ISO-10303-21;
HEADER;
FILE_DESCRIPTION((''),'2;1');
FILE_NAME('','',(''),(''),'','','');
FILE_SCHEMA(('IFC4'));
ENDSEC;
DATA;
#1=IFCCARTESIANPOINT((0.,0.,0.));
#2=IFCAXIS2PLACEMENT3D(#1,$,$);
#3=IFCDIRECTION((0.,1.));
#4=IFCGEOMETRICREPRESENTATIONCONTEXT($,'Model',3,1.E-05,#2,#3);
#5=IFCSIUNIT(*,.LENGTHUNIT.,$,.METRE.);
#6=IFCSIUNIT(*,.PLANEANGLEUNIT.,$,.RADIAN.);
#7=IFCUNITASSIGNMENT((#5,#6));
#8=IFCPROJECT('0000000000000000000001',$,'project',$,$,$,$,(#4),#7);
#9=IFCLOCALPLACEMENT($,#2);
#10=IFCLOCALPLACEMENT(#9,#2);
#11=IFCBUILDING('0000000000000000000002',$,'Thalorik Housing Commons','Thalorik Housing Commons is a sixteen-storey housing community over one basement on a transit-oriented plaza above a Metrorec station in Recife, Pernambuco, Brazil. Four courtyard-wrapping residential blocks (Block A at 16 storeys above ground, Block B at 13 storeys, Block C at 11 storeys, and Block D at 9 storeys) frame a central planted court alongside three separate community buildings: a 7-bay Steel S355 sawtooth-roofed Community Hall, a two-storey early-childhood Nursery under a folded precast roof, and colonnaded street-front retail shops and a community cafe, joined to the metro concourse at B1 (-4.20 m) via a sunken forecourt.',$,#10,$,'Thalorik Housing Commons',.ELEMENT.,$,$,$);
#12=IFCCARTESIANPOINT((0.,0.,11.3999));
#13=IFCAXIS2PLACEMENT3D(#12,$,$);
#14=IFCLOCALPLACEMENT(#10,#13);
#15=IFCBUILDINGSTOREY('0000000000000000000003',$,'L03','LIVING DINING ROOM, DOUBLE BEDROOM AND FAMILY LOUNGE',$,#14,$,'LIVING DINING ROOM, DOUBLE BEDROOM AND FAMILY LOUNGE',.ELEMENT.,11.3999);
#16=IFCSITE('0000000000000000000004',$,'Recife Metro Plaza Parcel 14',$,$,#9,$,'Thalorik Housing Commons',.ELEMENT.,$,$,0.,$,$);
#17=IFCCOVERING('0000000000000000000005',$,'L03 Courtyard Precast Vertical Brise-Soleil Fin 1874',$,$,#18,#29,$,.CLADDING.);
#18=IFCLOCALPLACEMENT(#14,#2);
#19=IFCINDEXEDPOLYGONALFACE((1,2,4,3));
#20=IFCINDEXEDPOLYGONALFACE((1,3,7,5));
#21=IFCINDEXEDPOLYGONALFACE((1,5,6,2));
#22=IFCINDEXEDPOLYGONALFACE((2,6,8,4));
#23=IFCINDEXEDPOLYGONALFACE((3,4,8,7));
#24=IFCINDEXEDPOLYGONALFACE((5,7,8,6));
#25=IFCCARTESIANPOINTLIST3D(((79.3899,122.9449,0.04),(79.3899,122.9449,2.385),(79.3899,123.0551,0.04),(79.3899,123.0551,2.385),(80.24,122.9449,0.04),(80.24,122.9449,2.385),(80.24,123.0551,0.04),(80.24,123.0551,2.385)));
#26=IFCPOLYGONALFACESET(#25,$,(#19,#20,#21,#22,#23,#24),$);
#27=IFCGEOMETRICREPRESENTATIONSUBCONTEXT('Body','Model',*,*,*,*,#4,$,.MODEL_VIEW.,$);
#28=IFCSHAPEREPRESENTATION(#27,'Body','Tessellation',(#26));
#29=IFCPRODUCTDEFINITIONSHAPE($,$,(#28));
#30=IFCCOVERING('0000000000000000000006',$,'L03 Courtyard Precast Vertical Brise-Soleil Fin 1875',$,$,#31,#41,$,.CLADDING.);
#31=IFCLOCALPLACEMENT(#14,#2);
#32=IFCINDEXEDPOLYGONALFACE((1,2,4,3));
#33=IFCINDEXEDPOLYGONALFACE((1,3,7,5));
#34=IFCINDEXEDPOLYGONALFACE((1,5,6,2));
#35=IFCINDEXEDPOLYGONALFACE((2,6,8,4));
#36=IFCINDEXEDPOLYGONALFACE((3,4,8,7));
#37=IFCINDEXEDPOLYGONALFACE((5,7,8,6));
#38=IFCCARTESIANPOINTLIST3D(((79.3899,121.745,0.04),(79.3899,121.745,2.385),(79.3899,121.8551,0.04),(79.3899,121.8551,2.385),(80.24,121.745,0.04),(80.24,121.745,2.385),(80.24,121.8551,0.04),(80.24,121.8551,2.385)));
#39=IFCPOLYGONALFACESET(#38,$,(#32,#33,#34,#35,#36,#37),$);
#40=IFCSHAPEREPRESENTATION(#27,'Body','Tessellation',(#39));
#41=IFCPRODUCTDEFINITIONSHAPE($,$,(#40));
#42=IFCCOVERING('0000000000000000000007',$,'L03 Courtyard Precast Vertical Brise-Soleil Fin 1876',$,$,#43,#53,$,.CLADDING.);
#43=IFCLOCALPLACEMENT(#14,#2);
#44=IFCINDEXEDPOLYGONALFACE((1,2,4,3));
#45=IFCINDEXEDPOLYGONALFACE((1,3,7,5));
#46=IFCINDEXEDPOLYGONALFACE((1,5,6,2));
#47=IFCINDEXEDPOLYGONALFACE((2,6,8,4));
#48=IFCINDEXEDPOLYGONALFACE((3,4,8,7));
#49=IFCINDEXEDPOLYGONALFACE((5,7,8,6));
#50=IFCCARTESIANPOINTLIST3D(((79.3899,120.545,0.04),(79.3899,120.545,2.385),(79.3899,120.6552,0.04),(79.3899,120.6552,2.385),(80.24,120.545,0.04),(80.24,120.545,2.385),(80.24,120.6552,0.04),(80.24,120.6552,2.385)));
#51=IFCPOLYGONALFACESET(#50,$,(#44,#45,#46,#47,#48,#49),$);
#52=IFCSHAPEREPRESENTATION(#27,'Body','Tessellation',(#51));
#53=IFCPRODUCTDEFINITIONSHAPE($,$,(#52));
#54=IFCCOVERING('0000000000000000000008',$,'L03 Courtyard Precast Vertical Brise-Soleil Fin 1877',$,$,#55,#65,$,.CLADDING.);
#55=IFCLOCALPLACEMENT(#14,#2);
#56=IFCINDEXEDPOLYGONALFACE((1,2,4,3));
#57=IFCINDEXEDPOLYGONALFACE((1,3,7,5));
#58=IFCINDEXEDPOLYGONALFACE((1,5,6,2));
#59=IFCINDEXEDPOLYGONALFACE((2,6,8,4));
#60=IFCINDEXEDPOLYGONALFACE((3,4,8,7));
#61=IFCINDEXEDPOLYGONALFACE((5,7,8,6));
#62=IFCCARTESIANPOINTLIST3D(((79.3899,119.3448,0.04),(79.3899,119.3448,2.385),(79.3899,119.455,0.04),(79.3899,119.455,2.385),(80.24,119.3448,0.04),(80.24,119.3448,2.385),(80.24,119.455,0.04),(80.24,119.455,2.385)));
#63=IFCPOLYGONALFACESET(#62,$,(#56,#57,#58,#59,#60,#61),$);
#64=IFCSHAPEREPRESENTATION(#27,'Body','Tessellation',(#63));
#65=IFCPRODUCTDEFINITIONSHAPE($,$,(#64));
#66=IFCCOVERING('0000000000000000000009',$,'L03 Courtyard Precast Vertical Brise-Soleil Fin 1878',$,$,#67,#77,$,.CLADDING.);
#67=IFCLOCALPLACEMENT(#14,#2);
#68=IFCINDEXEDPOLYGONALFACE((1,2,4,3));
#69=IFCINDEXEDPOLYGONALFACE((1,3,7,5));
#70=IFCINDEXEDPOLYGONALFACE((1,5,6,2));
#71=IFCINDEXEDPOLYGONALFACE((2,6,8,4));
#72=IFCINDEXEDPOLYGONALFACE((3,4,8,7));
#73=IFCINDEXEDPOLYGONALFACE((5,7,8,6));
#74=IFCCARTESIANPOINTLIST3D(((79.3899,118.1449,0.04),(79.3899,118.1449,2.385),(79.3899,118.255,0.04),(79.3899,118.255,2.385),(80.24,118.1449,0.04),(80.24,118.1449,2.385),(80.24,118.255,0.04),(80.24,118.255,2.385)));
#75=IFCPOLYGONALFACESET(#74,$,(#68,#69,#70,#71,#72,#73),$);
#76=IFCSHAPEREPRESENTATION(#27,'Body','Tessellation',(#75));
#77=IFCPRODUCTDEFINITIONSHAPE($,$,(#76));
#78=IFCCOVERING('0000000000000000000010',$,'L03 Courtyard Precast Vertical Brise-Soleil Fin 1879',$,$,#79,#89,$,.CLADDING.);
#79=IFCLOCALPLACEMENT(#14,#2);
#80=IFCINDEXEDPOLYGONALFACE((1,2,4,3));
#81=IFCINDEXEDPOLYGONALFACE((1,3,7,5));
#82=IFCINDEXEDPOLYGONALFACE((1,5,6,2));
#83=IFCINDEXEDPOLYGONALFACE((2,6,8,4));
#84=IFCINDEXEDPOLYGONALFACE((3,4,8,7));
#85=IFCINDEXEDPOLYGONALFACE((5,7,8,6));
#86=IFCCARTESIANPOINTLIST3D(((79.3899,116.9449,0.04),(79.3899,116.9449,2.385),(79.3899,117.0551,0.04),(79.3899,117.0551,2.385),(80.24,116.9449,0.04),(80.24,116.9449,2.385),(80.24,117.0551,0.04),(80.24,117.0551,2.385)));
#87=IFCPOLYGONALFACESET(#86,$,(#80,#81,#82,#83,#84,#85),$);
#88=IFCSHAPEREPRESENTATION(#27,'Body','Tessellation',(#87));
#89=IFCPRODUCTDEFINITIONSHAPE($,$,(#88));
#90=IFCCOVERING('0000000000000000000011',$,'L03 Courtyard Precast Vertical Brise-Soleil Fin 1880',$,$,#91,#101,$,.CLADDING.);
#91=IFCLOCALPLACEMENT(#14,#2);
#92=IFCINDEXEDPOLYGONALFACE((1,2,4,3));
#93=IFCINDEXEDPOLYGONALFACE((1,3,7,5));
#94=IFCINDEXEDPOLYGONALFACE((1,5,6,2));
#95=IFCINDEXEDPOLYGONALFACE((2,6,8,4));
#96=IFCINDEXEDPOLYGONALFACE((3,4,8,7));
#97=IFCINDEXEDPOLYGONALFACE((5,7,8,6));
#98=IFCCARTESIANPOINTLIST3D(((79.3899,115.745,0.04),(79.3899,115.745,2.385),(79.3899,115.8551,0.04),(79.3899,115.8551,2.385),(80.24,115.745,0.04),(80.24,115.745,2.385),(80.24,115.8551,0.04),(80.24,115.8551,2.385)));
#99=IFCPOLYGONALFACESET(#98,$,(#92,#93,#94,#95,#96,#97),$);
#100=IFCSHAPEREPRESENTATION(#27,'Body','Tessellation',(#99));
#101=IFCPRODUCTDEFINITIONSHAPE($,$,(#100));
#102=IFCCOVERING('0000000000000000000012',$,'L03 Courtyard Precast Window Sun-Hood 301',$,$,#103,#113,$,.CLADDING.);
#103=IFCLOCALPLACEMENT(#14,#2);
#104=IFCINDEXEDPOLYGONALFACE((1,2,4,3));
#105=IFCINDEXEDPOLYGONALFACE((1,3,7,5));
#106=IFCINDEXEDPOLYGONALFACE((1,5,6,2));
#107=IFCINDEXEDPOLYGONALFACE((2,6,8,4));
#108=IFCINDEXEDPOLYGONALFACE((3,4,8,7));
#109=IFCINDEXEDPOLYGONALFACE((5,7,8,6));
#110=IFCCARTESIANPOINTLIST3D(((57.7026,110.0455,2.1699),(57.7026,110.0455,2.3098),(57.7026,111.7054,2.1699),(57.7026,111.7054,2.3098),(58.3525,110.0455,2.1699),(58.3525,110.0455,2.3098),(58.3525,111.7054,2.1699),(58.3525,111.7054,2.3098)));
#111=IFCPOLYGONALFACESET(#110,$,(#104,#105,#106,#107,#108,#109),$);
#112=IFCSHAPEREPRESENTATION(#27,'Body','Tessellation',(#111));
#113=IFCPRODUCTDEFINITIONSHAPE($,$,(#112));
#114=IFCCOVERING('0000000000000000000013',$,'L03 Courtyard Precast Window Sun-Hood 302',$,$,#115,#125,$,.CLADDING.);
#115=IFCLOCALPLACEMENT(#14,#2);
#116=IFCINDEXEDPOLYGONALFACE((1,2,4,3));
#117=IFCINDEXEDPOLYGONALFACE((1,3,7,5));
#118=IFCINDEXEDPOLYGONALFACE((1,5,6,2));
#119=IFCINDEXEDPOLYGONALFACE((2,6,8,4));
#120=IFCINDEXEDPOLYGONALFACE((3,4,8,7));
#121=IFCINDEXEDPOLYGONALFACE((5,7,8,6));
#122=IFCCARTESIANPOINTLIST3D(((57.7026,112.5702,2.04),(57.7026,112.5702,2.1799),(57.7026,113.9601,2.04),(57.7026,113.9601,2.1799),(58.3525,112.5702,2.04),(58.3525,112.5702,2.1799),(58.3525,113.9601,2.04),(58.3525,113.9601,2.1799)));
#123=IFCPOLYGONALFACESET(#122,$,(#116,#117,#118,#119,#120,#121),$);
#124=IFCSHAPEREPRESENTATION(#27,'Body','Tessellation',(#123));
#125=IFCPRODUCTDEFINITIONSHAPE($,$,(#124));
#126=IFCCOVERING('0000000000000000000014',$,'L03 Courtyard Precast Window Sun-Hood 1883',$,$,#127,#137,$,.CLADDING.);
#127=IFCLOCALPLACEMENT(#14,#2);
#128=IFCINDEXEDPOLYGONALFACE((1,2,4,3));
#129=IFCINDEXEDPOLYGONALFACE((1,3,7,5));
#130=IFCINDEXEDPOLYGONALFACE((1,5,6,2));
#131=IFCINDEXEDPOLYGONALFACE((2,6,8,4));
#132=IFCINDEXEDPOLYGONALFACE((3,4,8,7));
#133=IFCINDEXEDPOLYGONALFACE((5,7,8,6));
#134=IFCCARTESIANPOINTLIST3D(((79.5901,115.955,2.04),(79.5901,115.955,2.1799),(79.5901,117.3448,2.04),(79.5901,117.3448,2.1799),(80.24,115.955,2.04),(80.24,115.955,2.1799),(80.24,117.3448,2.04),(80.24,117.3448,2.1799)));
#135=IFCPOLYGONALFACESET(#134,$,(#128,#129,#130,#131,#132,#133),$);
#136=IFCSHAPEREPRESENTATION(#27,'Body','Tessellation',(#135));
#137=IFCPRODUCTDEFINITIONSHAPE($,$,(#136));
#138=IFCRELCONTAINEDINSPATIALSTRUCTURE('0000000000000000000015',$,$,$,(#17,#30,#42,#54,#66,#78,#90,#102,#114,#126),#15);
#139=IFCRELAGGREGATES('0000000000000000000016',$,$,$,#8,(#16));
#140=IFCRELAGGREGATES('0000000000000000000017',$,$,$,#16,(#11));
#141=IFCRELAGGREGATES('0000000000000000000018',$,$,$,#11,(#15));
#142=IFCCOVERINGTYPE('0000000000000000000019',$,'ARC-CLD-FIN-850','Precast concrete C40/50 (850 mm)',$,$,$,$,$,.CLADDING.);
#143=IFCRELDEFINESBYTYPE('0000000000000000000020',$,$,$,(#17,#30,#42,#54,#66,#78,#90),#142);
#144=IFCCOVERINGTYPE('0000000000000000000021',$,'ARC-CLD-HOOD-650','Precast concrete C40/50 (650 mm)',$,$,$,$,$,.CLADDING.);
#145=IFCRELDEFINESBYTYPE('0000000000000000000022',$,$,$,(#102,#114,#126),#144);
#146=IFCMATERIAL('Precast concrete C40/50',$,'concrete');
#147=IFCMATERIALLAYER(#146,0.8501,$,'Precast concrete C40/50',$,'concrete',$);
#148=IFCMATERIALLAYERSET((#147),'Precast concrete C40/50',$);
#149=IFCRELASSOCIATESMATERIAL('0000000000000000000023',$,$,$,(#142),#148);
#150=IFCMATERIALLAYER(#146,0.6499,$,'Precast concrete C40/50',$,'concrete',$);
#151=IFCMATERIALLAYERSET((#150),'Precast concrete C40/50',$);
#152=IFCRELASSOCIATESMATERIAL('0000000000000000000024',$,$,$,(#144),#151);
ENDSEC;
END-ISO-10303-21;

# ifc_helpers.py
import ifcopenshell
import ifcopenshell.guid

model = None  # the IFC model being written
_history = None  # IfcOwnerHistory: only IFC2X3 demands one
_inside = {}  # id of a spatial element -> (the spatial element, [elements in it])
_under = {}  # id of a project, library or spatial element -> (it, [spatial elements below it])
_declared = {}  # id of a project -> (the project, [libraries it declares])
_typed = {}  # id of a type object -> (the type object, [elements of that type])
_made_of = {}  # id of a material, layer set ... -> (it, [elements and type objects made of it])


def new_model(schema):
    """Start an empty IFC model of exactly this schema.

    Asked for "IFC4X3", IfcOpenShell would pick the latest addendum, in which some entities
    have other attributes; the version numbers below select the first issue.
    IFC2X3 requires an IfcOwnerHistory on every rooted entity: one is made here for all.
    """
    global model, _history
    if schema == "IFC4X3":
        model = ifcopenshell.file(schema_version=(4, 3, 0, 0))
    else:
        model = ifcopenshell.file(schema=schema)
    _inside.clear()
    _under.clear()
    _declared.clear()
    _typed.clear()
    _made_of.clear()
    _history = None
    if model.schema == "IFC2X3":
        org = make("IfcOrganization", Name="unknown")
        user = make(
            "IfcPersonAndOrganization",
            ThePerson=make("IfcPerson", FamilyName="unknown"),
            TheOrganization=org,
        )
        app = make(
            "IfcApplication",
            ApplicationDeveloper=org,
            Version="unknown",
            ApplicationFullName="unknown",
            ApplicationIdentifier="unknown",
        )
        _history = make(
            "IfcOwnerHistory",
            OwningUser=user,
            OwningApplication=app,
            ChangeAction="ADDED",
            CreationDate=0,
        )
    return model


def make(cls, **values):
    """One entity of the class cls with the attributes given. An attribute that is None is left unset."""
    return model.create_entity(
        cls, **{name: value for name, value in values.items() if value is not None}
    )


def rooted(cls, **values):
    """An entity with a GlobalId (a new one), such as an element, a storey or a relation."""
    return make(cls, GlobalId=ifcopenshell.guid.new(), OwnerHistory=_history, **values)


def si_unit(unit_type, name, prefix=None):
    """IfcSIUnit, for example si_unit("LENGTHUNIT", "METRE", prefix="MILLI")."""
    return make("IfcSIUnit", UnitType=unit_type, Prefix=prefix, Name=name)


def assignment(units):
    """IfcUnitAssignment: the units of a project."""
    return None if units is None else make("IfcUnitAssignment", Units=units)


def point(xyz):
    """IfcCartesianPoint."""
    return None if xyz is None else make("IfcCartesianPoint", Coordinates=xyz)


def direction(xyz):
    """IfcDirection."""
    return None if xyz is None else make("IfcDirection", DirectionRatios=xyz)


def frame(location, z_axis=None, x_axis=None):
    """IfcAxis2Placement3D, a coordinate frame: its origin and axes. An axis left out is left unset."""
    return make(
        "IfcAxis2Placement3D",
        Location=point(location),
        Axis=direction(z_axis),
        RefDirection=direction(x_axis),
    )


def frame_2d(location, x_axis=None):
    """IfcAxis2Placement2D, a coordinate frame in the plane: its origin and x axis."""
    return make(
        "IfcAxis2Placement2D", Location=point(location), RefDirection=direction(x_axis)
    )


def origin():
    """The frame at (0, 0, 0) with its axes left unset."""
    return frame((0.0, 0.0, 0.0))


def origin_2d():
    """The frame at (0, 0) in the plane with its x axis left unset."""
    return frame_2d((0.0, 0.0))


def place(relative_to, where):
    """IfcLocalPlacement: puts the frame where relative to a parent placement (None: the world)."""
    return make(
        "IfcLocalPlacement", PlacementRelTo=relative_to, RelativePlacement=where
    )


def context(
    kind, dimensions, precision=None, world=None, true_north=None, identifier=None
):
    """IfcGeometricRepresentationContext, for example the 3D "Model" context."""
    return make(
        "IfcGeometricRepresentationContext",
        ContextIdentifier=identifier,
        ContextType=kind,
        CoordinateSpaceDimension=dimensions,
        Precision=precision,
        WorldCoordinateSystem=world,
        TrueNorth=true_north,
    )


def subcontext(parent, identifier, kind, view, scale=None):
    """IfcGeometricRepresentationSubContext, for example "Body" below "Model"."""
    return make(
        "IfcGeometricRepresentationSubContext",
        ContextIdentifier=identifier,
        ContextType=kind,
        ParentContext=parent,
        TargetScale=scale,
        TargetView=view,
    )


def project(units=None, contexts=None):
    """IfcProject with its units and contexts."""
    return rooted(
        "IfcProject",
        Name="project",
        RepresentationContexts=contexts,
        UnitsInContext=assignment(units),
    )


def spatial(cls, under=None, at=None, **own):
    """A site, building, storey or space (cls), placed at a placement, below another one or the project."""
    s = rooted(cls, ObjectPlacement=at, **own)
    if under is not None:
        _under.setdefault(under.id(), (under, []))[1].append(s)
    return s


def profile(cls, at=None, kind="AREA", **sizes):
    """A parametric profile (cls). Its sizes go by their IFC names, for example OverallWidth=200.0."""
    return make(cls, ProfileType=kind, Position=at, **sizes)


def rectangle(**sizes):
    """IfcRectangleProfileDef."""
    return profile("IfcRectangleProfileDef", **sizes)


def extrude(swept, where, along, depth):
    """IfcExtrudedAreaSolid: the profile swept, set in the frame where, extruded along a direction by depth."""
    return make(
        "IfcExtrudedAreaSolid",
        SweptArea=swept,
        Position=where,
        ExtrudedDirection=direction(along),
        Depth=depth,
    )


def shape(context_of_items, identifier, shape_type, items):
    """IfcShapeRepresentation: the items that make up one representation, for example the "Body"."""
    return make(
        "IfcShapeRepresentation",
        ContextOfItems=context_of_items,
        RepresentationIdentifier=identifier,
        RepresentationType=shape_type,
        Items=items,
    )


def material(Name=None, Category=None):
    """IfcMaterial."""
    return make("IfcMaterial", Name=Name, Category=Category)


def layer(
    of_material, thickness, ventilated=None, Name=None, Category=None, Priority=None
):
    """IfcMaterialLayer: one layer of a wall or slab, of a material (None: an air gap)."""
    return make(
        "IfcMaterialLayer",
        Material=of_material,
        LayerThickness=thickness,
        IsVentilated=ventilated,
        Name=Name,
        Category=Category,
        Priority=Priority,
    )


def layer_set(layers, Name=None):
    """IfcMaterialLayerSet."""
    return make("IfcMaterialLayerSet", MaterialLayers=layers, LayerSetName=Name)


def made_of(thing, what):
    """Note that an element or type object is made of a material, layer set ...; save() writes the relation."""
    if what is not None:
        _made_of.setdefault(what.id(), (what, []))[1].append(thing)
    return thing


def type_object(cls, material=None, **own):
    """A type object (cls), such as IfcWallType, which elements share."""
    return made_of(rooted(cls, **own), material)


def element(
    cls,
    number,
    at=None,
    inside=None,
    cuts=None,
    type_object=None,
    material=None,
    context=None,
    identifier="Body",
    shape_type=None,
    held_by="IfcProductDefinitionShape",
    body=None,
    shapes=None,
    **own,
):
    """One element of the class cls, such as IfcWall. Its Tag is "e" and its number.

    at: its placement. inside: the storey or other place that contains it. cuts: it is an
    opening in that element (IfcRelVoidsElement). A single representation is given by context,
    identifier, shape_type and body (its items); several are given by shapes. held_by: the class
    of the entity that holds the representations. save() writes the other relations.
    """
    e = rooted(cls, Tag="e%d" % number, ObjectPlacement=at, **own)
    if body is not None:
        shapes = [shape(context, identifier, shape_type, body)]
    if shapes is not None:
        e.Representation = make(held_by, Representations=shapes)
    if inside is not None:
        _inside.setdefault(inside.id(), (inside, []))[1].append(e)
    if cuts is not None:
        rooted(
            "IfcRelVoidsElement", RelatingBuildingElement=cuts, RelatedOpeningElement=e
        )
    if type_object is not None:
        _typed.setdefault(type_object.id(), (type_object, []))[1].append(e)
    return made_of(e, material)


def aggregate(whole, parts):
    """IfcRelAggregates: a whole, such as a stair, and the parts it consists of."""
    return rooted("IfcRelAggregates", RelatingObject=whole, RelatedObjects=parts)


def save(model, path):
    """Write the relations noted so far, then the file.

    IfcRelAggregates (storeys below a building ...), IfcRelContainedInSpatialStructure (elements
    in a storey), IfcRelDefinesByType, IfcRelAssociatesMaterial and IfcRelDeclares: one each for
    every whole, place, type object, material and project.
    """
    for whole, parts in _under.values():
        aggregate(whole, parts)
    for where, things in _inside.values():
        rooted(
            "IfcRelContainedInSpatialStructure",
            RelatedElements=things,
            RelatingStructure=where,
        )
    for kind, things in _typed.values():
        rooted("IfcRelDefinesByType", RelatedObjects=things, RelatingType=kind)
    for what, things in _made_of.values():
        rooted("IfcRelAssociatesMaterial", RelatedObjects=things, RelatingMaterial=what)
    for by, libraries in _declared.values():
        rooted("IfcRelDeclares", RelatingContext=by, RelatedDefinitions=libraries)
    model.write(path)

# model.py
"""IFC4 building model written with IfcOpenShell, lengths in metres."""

from ifc_helpers import new_model, si_unit, direction, frame, origin, origin_2d, place, context, subcontext, project, spatial, rectangle, extrude, material, layer, layer_set, type_object, element, save


model = new_model("IFC4")

# Units and contexts
model_context = context("Model", 3, precision=1e-05, world=origin(), true_north=direction((0.0, 1.0)))
body_context = subcontext(model_context, "Body", "Model", "MODEL_VIEW")
ifc_project = project(units=[si_unit("LENGTHUNIT", "METRE"), si_unit("PLANEANGLEUNIT", "RADIAN")], contexts=[model_context])

# Site, building, storey
site_placement = place(None, origin())
site = spatial("IfcSite", under=ifc_project, at=site_placement, Name="Recife Metro Plaza Parcel 14", LongName="Thalorik Housing Commons", CompositionType="ELEMENT", RefElevation=0.0)
building_placement = place(site_placement, origin())
building = spatial("IfcBuilding", under=site, at=building_placement, Name="Thalorik Housing Commons", Description="Thalorik Housing Commons is a sixteen-storey housing community over one basement on a transit-oriented plaza above a Metrorec station in Recife, Pernambuco, Brazil. Four courtyard-wrapping residential blocks (Block A at 16 storeys above ground, Block B at 13 storeys, Block C at 11 storeys, and Block D at 9 storeys) frame a central planted court alongside three separate community buildings: a 7-bay Steel S355 sawtooth-roofed Community Hall, a two-storey early-childhood Nursery under a folded precast roof, and colonnaded street-front retail shops and a community cafe, joined to the metro concourse at B1 (-4.20 m) via a sunken forecourt.", LongName="Thalorik Housing Commons", CompositionType="ELEMENT")
storey_placement = place(building_placement, frame((0.0, 0.0, 11.3999)))
storey = spatial("IfcBuildingStorey", under=building, at=storey_placement, Name="L03", Description="LIVING DINING ROOM, DOUBLE BEDROOM AND FAMILY LOUNGE", LongName="LIVING DINING ROOM, DOUBLE BEDROOM AND FAMILY LOUNGE", CompositionType="ELEMENT", Elevation=11.3999)

# Coverings
ifc_material_1 = material(Name="Precast concrete C40/50", Category="concrete")
ifc_layer_1 = layer(ifc_material_1, 0.8501, Name="Precast concrete C40/50", Category="concrete")
ifc_layer_set_1 = layer_set([ifc_layer_1], Name="Precast concrete C40/50")
covering_type_1 = type_object("IfcCoveringType", Name="ARC-CLD-FIN-850", Description="Precast concrete C40/50 (850 mm)", PredefinedType="CLADDING", material=ifc_layer_set_1)
for number, where, z_axis, x_axis, name in (
    (1, (79.8149, 123.0, 0.04), (0.0, 0.0, 1.0), (0.0, -1.0, 0.0), "L03 Courtyard Precast Vertical Brise-Soleil Fin 1874"),
    (2, (79.8149, 121.8, 0.04), (0.0, 0.0, 1.0), (0.0, -1.0, 0.0), "L03 Courtyard Precast Vertical Brise-Soleil Fin 1875"),
    (3, (79.8149, 120.6001, 0.04), (0.0, 0.0, 1.0), (0.0, -1.0, 0.0), "L03 Courtyard Precast Vertical Brise-Soleil Fin 1876"),
    (4, (79.8149, 119.3999, 0.04), (0.0, 0.0, 1.0), (0.0, -1.0, 0.0), "L03 Courtyard Precast Vertical Brise-Soleil Fin 1877"),
    (5, (79.8149, 118.2, 0.04), (0.0, 0.0, 1.0), (0.0, -1.0, 0.0), "L03 Courtyard Precast Vertical Brise-Soleil Fin 1878"),
    (6, (79.8149, 117.0, 0.04), (0.0, 0.0, 1.0), (0.0, -1.0, 0.0), "L03 Courtyard Precast Vertical Brise-Soleil Fin 1879"),
    (7, (79.8149, 115.8, 0.04), (0.0, 0.0, 1.0), (0.0, -1.0, 0.0), "L03 Courtyard Precast Vertical Brise-Soleil Fin 1880"),
):
    element("IfcCovering", number, at=place(storey_placement, frame(where, z_axis=z_axis, x_axis=x_axis)), inside=storey, type_object=covering_type_1, Name=name, PredefinedType="CLADDING", context=body_context, shape_type="SweptSolid", body=[
        extrude(rectangle(XDim=0.1101, YDim=0.8501, at=origin_2d()), origin(), (0.0, 0.0, 1.0), 2.345),
    ])
ifc_layer_2 = layer(ifc_material_1, 0.6499, Name="Precast concrete C40/50", Category="concrete")
ifc_layer_set_2 = layer_set([ifc_layer_2], Name="Precast concrete C40/50")
covering_type_2 = type_object("IfcCoveringType", Name="ARC-CLD-HOOD-650", Description="Precast concrete C40/50 (650 mm)", PredefinedType="CLADDING", material=ifc_layer_set_2)
covering_placement = place(storey_placement, frame((58.0276, 110.8755, 2.1699), z_axis=(0.0, 0.0, 1.0), x_axis=(0.0, 1.0, 0.0)))
element("IfcCovering", 8, at=covering_placement, inside=storey, type_object=covering_type_2, Name="L03 Courtyard Precast Window Sun-Hood 301", PredefinedType="CLADDING", context=body_context, shape_type="SweptSolid", body=[
    extrude(rectangle(XDim=1.6599, YDim=0.6499, at=origin_2d()), origin(), (0.0, 0.0, 1.0), 0.1399),
])
for number, where, z_axis, x_axis, name in (
    (9, (58.0276, 113.2651, 2.04), (0.0, 0.0, 1.0), (0.0, 1.0, 0.0), "L03 Courtyard Precast Window Sun-Hood 302"),
    (10, (79.915, 116.6499, 2.04), (0.0, 0.0, 1.0), (0.0, -1.0, 0.0), "L03 Courtyard Precast Window Sun-Hood 1883"),
):
    element("IfcCovering", number, at=place(storey_placement, frame(where, z_axis=z_axis, x_axis=x_axis)), inside=storey, type_object=covering_type_2, Name=name, PredefinedType="CLADDING", context=body_context, shape_type="SweptSolid", body=[
        extrude(rectangle(XDim=1.3899, YDim=0.6499, at=origin_2d()), origin(), (0.0, 0.0, 1.0), 0.1399),
    ])

save(model, "model.ifc")
